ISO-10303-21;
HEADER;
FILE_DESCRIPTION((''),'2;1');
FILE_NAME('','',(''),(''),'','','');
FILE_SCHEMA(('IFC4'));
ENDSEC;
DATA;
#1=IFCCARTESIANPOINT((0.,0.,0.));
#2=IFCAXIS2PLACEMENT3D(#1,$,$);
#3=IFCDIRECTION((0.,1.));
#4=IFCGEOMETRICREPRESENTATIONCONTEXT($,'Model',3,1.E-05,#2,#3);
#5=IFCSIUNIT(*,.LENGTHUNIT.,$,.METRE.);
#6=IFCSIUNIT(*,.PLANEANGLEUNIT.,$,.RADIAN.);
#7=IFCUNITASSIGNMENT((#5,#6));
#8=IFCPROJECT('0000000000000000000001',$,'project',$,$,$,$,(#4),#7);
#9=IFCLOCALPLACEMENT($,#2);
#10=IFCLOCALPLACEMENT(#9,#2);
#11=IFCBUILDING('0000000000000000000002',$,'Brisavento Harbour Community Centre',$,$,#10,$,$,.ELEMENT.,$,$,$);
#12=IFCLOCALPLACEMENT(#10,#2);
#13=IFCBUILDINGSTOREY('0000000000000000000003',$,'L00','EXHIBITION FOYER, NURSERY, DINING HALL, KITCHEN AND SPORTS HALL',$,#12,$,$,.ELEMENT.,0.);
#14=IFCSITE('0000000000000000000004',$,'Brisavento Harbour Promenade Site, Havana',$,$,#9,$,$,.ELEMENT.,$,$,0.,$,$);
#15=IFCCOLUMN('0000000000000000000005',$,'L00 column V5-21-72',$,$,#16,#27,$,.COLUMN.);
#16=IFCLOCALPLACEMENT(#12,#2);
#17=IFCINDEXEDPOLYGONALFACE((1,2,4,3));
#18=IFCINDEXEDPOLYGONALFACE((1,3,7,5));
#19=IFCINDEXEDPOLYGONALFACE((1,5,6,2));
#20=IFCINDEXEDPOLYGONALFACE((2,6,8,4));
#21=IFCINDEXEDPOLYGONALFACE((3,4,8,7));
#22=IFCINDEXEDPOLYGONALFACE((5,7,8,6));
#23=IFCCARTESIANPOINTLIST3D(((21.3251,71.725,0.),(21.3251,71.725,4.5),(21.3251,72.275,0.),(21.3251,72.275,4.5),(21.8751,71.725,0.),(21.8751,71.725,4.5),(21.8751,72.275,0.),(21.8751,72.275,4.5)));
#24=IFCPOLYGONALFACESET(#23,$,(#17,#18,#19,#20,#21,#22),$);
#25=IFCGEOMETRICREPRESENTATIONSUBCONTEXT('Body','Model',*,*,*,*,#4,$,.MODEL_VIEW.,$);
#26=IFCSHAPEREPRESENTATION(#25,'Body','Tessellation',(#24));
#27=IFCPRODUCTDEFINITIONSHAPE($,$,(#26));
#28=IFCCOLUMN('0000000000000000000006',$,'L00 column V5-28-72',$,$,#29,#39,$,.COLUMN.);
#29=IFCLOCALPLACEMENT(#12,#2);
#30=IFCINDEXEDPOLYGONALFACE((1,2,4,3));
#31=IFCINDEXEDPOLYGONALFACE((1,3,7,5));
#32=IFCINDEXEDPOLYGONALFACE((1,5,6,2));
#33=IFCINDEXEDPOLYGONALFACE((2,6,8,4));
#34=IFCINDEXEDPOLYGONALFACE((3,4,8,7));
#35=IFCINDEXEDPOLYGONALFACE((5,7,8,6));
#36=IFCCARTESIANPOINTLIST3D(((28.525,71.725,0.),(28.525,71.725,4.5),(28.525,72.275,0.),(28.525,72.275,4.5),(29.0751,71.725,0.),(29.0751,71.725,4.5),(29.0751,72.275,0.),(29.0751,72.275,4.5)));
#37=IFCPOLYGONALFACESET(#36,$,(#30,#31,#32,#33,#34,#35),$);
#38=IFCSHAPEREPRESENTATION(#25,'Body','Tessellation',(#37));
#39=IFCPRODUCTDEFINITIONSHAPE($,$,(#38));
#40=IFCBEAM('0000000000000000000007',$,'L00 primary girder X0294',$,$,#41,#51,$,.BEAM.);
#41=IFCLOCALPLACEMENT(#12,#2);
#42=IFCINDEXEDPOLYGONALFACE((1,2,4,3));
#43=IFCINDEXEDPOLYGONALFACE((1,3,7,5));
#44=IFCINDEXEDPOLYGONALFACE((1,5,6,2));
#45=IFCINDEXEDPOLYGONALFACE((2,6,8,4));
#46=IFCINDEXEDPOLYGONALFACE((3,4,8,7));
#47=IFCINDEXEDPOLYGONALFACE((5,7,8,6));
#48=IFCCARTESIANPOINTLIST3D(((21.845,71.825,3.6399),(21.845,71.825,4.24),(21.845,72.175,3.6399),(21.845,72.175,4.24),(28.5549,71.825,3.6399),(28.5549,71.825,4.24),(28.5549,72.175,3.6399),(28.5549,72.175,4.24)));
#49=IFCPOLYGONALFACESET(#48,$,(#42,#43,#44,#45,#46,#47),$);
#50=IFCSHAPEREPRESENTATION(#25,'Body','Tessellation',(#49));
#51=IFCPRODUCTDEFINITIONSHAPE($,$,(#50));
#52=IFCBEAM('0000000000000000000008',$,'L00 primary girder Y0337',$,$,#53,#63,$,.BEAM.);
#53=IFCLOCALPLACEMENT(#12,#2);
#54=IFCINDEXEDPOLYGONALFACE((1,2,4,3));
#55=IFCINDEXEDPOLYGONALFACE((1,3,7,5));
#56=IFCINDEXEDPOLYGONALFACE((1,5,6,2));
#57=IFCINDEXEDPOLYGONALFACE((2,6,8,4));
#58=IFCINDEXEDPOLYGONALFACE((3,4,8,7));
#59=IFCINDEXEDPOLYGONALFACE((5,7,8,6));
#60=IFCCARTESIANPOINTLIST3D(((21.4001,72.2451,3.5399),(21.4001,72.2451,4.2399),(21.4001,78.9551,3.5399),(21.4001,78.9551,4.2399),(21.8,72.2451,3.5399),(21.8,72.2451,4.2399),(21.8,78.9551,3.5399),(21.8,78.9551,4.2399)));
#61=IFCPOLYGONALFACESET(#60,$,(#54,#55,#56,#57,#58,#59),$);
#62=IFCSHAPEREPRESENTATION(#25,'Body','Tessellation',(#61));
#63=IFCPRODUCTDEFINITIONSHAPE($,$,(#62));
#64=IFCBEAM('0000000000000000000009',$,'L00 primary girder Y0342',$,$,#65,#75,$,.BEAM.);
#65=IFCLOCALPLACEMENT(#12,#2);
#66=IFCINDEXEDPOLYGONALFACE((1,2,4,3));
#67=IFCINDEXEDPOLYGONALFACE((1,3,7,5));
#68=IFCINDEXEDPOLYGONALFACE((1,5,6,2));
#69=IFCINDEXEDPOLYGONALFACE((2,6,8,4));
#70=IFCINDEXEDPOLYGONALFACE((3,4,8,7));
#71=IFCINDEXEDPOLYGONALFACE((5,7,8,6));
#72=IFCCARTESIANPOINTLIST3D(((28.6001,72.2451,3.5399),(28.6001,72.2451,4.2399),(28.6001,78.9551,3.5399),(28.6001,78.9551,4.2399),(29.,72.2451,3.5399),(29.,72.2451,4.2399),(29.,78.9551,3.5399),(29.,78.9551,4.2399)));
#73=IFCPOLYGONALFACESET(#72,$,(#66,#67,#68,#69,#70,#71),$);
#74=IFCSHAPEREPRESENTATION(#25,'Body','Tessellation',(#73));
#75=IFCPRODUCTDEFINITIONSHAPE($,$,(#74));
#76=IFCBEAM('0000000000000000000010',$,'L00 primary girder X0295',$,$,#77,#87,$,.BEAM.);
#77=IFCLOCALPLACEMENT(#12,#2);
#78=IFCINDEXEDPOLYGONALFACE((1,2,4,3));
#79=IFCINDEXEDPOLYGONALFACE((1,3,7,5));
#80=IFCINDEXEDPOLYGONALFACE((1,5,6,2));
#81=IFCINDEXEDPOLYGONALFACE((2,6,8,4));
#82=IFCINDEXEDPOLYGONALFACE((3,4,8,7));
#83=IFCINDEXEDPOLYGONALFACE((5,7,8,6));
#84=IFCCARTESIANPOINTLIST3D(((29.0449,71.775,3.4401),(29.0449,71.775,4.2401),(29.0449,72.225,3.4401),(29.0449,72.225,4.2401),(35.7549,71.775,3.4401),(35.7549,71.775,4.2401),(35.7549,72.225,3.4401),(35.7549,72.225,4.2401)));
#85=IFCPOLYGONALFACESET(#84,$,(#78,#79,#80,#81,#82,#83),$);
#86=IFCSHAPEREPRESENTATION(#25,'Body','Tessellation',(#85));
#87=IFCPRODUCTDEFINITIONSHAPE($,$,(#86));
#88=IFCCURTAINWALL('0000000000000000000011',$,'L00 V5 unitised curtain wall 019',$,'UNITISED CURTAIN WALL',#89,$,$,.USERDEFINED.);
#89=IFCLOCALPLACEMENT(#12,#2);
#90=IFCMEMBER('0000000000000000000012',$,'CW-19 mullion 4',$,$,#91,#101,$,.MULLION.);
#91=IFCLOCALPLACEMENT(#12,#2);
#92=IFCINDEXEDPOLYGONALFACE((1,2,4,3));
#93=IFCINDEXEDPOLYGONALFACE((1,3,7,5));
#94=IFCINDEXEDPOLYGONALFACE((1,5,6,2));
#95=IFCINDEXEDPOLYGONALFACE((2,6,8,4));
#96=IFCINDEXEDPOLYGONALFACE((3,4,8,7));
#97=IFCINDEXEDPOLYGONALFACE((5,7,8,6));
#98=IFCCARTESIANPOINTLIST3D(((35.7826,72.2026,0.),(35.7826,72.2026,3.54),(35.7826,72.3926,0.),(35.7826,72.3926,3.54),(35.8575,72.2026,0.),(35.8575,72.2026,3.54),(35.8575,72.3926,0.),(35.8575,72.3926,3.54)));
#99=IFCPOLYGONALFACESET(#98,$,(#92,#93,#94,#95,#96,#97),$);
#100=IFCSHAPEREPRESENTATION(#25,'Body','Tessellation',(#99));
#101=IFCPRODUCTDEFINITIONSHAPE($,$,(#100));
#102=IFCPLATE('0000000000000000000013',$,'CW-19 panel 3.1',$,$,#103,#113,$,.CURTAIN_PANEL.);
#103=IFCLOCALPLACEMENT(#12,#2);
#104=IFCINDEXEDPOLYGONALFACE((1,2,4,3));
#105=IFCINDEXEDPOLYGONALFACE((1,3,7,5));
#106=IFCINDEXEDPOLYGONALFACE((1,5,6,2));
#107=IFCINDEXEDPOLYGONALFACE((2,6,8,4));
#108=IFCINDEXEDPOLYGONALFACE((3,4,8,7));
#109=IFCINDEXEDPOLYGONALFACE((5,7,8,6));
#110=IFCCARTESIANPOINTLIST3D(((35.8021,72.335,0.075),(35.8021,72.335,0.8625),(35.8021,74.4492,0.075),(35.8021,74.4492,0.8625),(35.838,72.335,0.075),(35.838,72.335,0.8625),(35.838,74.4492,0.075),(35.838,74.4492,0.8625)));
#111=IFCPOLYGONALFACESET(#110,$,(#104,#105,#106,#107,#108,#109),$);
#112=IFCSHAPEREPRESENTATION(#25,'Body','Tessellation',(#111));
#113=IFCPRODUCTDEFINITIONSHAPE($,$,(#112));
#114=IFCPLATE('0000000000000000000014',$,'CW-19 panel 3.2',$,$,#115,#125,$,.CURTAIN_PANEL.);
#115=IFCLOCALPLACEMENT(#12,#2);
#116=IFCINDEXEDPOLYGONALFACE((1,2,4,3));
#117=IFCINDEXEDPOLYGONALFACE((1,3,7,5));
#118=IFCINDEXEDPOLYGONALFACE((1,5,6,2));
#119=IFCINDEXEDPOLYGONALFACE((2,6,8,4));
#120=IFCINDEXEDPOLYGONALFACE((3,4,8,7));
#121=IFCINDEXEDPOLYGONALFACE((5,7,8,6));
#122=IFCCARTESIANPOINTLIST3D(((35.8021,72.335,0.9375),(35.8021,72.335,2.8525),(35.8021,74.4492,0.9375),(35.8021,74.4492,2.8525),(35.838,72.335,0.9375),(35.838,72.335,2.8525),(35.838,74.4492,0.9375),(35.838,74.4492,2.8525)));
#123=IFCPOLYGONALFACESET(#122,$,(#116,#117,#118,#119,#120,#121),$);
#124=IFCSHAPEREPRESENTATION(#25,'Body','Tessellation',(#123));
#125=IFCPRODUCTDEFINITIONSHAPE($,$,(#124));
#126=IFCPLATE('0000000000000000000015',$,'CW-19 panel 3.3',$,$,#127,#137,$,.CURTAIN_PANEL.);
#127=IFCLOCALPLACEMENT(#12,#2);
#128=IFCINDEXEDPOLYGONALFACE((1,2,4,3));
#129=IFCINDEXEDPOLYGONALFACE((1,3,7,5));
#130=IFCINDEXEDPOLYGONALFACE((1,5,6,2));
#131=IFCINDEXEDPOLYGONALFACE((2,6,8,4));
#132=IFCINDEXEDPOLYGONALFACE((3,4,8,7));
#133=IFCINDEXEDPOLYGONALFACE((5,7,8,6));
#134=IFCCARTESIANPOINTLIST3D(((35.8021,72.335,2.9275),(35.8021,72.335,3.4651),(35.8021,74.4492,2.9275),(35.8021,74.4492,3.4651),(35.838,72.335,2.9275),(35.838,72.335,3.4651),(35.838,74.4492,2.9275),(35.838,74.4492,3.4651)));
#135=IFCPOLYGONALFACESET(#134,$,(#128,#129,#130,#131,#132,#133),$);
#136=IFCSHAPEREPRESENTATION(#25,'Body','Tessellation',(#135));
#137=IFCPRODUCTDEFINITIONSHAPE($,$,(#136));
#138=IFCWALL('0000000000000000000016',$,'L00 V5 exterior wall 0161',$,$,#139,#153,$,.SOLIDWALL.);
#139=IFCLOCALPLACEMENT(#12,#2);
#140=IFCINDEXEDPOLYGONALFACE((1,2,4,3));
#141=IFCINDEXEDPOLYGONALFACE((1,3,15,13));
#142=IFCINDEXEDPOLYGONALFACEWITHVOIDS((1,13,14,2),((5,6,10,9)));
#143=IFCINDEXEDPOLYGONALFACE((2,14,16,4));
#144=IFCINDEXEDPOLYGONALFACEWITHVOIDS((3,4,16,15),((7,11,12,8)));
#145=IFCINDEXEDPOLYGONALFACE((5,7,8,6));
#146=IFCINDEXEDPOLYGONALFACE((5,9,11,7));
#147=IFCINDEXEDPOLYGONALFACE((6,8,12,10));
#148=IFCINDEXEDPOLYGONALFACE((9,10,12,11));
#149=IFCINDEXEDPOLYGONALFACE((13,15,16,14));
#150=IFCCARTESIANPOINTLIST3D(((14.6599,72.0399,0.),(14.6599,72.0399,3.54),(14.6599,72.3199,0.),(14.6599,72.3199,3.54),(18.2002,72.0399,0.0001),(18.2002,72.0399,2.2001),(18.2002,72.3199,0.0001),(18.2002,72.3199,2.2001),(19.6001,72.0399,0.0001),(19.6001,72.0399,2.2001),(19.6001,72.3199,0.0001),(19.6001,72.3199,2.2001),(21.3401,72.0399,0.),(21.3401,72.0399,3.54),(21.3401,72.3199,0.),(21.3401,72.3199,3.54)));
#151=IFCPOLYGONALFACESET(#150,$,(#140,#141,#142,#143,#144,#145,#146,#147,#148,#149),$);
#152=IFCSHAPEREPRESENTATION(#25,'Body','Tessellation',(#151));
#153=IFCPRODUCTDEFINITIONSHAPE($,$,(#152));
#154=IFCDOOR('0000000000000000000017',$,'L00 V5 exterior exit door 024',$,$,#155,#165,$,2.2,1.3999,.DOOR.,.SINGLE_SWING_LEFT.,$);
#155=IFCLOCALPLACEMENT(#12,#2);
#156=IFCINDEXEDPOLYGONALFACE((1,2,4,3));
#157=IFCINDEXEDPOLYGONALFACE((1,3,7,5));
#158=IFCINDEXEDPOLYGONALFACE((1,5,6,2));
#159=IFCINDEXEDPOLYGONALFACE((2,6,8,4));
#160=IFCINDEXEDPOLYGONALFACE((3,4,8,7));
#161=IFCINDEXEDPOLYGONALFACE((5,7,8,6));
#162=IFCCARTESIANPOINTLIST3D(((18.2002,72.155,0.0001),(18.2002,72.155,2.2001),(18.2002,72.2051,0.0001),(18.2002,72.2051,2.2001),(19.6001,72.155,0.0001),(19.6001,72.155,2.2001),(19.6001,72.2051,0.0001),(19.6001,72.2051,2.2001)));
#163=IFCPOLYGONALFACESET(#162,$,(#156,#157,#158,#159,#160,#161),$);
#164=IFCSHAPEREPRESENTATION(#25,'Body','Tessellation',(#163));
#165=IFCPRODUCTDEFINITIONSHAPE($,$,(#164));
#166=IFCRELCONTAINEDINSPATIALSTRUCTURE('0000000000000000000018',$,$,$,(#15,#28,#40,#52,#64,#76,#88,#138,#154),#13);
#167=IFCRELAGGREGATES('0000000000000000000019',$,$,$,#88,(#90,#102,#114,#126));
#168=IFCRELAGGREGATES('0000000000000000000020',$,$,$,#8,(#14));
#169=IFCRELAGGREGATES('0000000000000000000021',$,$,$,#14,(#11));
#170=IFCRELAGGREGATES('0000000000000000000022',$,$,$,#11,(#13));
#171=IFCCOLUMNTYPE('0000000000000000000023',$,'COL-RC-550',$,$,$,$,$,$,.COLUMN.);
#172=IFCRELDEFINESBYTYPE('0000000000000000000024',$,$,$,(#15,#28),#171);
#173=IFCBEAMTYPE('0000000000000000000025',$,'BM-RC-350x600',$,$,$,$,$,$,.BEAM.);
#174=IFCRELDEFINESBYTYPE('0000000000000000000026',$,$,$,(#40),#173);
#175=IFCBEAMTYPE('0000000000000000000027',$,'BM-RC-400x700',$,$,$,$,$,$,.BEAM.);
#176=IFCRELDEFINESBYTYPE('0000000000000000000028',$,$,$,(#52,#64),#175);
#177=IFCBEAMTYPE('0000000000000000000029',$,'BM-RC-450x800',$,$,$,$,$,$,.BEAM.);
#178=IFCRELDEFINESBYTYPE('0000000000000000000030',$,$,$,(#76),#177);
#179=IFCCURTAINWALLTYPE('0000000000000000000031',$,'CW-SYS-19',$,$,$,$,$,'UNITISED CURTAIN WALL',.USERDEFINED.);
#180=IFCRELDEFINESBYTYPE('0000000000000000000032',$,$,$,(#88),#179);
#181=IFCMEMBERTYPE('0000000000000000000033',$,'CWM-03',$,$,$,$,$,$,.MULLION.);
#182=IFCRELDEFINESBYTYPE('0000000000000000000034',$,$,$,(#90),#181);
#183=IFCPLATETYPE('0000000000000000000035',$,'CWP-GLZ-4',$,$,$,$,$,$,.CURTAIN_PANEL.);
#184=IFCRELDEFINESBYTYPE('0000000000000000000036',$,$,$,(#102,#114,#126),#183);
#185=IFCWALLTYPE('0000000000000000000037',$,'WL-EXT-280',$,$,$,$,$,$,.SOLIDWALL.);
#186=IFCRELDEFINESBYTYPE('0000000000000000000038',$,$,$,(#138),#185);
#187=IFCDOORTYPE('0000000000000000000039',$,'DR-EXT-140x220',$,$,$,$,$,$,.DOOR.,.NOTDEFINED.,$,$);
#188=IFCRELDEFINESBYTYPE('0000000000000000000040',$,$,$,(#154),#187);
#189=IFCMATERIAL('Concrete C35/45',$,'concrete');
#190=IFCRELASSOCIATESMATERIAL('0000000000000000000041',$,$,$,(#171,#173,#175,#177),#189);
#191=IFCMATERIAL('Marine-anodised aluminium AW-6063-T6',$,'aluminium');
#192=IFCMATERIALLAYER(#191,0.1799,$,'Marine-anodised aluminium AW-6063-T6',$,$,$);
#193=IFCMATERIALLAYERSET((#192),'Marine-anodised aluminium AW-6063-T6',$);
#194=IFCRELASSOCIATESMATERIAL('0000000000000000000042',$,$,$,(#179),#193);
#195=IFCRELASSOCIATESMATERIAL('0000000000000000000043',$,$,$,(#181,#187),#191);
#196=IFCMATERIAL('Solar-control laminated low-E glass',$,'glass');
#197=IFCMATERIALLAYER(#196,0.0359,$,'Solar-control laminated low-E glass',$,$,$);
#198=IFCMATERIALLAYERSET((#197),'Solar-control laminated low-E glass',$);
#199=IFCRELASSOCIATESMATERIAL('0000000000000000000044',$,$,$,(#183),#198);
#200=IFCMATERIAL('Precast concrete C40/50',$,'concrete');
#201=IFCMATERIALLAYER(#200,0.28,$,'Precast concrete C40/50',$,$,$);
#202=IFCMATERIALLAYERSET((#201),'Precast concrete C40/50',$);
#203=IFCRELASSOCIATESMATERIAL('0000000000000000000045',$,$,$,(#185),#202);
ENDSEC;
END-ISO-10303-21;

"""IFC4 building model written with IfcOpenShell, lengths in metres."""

from ifc_helpers import new_model, si_unit, direction, frame, frame_2d, origin, origin_2d, place, context, subcontext, project, spatial, rectangle, extrude, material, layer, layer_set, material_profile, profile_set, type_object, element, fill, aggregate, save


model = new_model("IFC4")

# Units and contexts
model_context = context("Model", 3, precision=1e-05, world=origin(), true_north=direction((0.0, 1.0)))
body_context = subcontext(model_context, "Body", "Model", "MODEL_VIEW")
ifc_project = project(units=[si_unit("LENGTHUNIT", "METRE"), si_unit("PLANEANGLEUNIT", "RADIAN")], contexts=[model_context])

# Site, building, storey
site_placement = place(None, origin())
site = spatial("IfcSite", under=ifc_project, at=site_placement, Name="Brisavento Harbour Promenade Site, Havana", CompositionType="ELEMENT", RefElevation=0.0)
building_placement = place(site_placement, origin())
building = spatial("IfcBuilding", under=site, at=building_placement, Name="Brisavento Harbour Community Centre", CompositionType="ELEMENT")
storey_placement = place(building_placement, origin())
storey = spatial("IfcBuildingStorey", under=building, at=storey_placement, Name="L00", Description="EXHIBITION FOYER, NURSERY, DINING HALL, KITCHEN AND SPORTS HALL", CompositionType="ELEMENT", Elevation=0.0)

# Columns
ifc_material_1 = material(Name="Concrete C35/45", Category="concrete")
ifc_material_profile_1 = material_profile(ifc_material_1, rectangle(XDim=0.55, YDim=0.55, at=origin_2d()), Name="Concrete C35/45")
ifc_profile_set_1 = profile_set([ifc_material_profile_1], Name="Concrete C35/45")
column_type = type_object("IfcColumnType", Name="COL-RC-550", PredefinedType="COLUMN", material=ifc_profile_set_1)
for number, where, z_axis, x_axis, name in (
    (1, (21.6001, 72.0, 0.0), (0.0, 0.0, 1.0), (1.0, 0.0, 0.0), "L00 column V5-21-72"),
    (2, (28.8, 72.0, 0.0), (0.0, 0.0, 1.0), (1.0, 0.0, 0.0), "L00 column V5-28-72"),
):
    element("IfcColumn", number, at=place(storey_placement, frame(where, z_axis=z_axis, x_axis=x_axis)), inside=storey, type_object=column_type, Name=name, PredefinedType="COLUMN", context=body_context, shape_type="SweptSolid", body=[
        extrude(rectangle(XDim=0.55, YDim=0.55, at=origin_2d()), origin(), (0.0, 0.0, 1.0), 4.5),
    ])

# Beams
ifc_material_profile_2 = material_profile(ifc_material_1, rectangle(XDim=0.3501, YDim=0.6001, at=origin_2d()), Name="Concrete C35/45")
ifc_profile_set_2 = profile_set([ifc_material_profile_2], Name="Concrete C35/45")
beam_type_1 = type_object("IfcBeamType", Name="BM-RC-350x600", PredefinedType="BEAM", material=ifc_profile_set_2)
beam_1_placement = place(storey_placement, frame((21.845, 72.0, 3.9399), z_axis=(1.0, 0.0, 0.0), x_axis=(0.0, 1.0, 0.0)))
element("IfcBeam", 3, at=beam_1_placement, inside=storey, type_object=beam_type_1, Name="L00 primary girder X0294", PredefinedType="BEAM", context=body_context, shape_type="SweptSolid", body=[
    extrude(rectangle(XDim=0.3501, YDim=0.6001, at=origin_2d()), origin(), (0.0, 0.0, 1.0), 6.71),
])
ifc_material_profile_3 = material_profile(ifc_material_1, rectangle(XDim=0.3999, YDim=0.7, at=origin_2d()), Name="Concrete C35/45")
ifc_profile_set_3 = profile_set([ifc_material_profile_3], Name="Concrete C35/45")
beam_type_2 = type_object("IfcBeamType", Name="BM-RC-400x700", PredefinedType="BEAM", material=ifc_profile_set_3)
for number, where, z_axis, x_axis, name in (
    (4, (21.6001, 72.2451, 3.8899), (0.0, 1.0, 0.0), (-1.0, 0.0, 0.0), "L00 primary girder Y0337"),
    (5, (28.8, 72.2451, 3.8899), (0.0, 1.0, 0.0), (-1.0, 0.0, 0.0), "L00 primary girder Y0342"),
):
    element("IfcBeam", number, at=place(storey_placement, frame(where, z_axis=z_axis, x_axis=x_axis)), inside=storey, type_object=beam_type_2, Name=name, PredefinedType="BEAM", context=body_context, shape_type="SweptSolid", body=[
        extrude(rectangle(XDim=0.3999, YDim=0.7, at=origin_2d()), origin(), (0.0, 0.0, 1.0), 6.71),
    ])
ifc_material_profile_4 = material_profile(ifc_material_1, rectangle(XDim=0.45, YDim=0.8, at=origin_2d()), Name="Concrete C35/45")
ifc_profile_set_4 = profile_set([ifc_material_profile_4], Name="Concrete C35/45")
beam_type_3 = type_object("IfcBeamType", Name="BM-RC-450x800", PredefinedType="BEAM", material=ifc_profile_set_4)
beam_2_placement = place(storey_placement, frame((29.0449, 72.0, 3.8401), z_axis=(1.0, 0.0, 0.0), x_axis=(0.0, 1.0, 0.0)))
element("IfcBeam", 6, at=beam_2_placement, inside=storey, type_object=beam_type_3, Name="L00 primary girder X0295", PredefinedType="BEAM", context=body_context, shape_type="SweptSolid", body=[
    extrude(rectangle(XDim=0.45, YDim=0.8, at=origin_2d()), origin(), (0.0, 0.0, 1.0), 6.71),
])

# Curtain wall, member, plates
ifc_material_2 = material(Name="Marine-anodised aluminium AW-6063-T6", Category="aluminium")
ifc_layer_1 = layer(ifc_material_2, 0.1799, Name="Marine-anodised aluminium AW-6063-T6")
ifc_layer_set_1 = layer_set([ifc_layer_1], Name="Marine-anodised aluminium AW-6063-T6")
curtain_wall_type = type_object("IfcCurtainWallType", Name="CW-SYS-19", ElementType="UNITISED CURTAIN WALL", PredefinedType="USERDEFINED", material=ifc_layer_set_1)
curtain_wall_placement = place(storey_placement, origin())
curtain_wall = element("IfcCurtainWall", 7, at=curtain_wall_placement, inside=storey, type_object=curtain_wall_type, Name="L00 V5 unitised curtain wall 019", ObjectType="UNITISED CURTAIN WALL", PredefinedType="USERDEFINED")
ifc_material_profile_5 = material_profile(ifc_material_2, rectangle(XDim=0.075, YDim=0.1899, at=origin_2d()), Name="Marine-anodised aluminium AW-6063-T6")
ifc_profile_set_5 = profile_set([ifc_material_profile_5], Name="Marine-anodised aluminium AW-6063-T6")
member_type = type_object("IfcMemberType", Name="CWM-03", PredefinedType="MULLION", material=ifc_profile_set_5)
member_placement = place(storey_placement, frame((35.8201, 72.2976, 0.0), z_axis=(0.0, 0.0, 1.0), x_axis=(1.0, 0.0, 0.0)))
member = element("IfcMember", 8, at=member_placement, type_object=member_type, Name="CW-19 mullion 4", PredefinedType="MULLION", context=body_context, shape_type="SweptSolid", body=[
    extrude(rectangle(XDim=0.075, YDim=0.1899, at=origin_2d()), origin(), (0.0, 0.0, 1.0), 3.54),
])
ifc_material_3 = material(Name="Solar-control laminated low-E glass", Category="glass")
ifc_layer_2 = layer(ifc_material_3, 0.0359, Name="Solar-control laminated low-E glass")
ifc_layer_set_2 = layer_set([ifc_layer_2], Name="Solar-control laminated low-E glass")
plate_type = type_object("IfcPlateType", Name="CWP-GLZ-4", PredefinedType="CURTAIN_PANEL", material=ifc_layer_set_2)
plate_1_placement = place(storey_placement, frame((35.8201, 73.3921, 0.075), z_axis=(0.0, 0.0, 1.0), x_axis=(0.0, -1.0, 0.0)))
plate_1 = element("IfcPlate", 9, at=plate_1_placement, type_object=plate_type, Name="CW-19 panel 3.1", PredefinedType="CURTAIN_PANEL", context=body_context, shape_type="SweptSolid", body=[
    extrude(rectangle(XDim=2.1143, YDim=0.0359, at=origin_2d()), origin(), (0.0, 0.0, 1.0), 0.7876),
])
plate_2_placement = place(storey_placement, frame((35.8201, 73.3921, 0.9375), z_axis=(0.0, 0.0, 1.0), x_axis=(0.0, -1.0, 0.0)))
plate_2 = element("IfcPlate", 10, at=plate_2_placement, type_object=plate_type, Name="CW-19 panel 3.2", PredefinedType="CURTAIN_PANEL", context=body_context, shape_type="SweptSolid", body=[
    extrude(rectangle(XDim=2.1143, YDim=0.0359, at=origin_2d()), origin(), (0.0, 0.0, 1.0), 1.915),
])
plate_3_placement = place(storey_placement, frame((35.8201, 73.3921, 2.9275), z_axis=(0.0, 0.0, 1.0), x_axis=(0.0, -1.0, 0.0)))
plate_3 = element("IfcPlate", 11, at=plate_3_placement, type_object=plate_type, Name="CW-19 panel 3.3", PredefinedType="CURTAIN_PANEL", context=body_context, shape_type="SweptSolid", body=[
    extrude(rectangle(XDim=2.1143, YDim=0.0359, at=origin_2d()), origin(), (0.0, 0.0, 1.0), 0.5376),
])
aggregate(curtain_wall, [member, plate_1, plate_2, plate_3])

# Wall, opening, door
ifc_material_4 = material(Name="Precast concrete C40/50", Category="concrete")
ifc_layer_3 = layer(ifc_material_4, 0.28, Name="Precast concrete C40/50")
ifc_layer_set_3 = layer_set([ifc_layer_3], Name="Precast concrete C40/50")
wall_type_1 = type_object("IfcWallType", Name="WL-EXT-280", PredefinedType="SOLIDWALL", material=ifc_layer_set_3)
wall_1_placement = place(storey_placement, frame((21.3401, 72.1799, 0.0), z_axis=(0.0, 0.0, 1.0), x_axis=(-1.0, 0.0, 0.0)))
wall_1 = element("IfcWall", 12, at=wall_1_placement, inside=storey, type_object=wall_type_1, Name="L00 V5 exterior wall 0161", PredefinedType="SOLIDWALL", context=body_context, shape_type="SweptSolid", body=[
    extrude(rectangle(XDim=6.6802, YDim=0.28, at=frame_2d((3.3401, 0.0))), origin(), (0.0, 0.0, 1.0), 3.54),
])
opening_1_placement = place(wall_1_placement, frame((1.74, 0.0, 0.0)))
opening_1 = element("IfcOpeningElement", 13, at=opening_1_placement, cuts=wall_1, PredefinedType="OPENING", context=body_context, shape_type="SweptSolid", body=[
    extrude(rectangle(XDim=1.3999, YDim=2.2, at=frame_2d((0.7, 1.1001))), frame((0.0, 0.1499, 0.0), z_axis=(0.0, -1.0, 0.0), x_axis=(1.0, 0.0, 0.0)), (0.0, 0.0, 1.0), 0.3),
])
door_type_1 = type_object("IfcDoorType", Name="DR-EXT-140x220", OperationType="NOTDEFINED", PredefinedType="DOOR", material=ifc_material_2)
door_1_placement = place(opening_1_placement, origin())
door_1 = element("IfcDoor", 14, at=door_1_placement, inside=storey, type_object=door_type_1, Name="L00 V5 exterior exit door 024", OperationType="SINGLE_SWING_LEFT", OverallHeight=2.2, OverallWidth=1.3999, PredefinedType="DOOR", context=body_context, shape_type="SweptSolid", body=[
    extrude(rectangle(XDim=1.3999, YDim=2.2, at=frame_2d((0.7, 1.1001))), frame((0.0, 0.0249, 0.0), z_axis=(0.0, -1.0, 0.0), x_axis=(1.0, 0.0, 0.0)), (0.0, 0.0, 1.0), 0.05),
])
fill(opening_1, door_1)

save(model, "model.ifc")
